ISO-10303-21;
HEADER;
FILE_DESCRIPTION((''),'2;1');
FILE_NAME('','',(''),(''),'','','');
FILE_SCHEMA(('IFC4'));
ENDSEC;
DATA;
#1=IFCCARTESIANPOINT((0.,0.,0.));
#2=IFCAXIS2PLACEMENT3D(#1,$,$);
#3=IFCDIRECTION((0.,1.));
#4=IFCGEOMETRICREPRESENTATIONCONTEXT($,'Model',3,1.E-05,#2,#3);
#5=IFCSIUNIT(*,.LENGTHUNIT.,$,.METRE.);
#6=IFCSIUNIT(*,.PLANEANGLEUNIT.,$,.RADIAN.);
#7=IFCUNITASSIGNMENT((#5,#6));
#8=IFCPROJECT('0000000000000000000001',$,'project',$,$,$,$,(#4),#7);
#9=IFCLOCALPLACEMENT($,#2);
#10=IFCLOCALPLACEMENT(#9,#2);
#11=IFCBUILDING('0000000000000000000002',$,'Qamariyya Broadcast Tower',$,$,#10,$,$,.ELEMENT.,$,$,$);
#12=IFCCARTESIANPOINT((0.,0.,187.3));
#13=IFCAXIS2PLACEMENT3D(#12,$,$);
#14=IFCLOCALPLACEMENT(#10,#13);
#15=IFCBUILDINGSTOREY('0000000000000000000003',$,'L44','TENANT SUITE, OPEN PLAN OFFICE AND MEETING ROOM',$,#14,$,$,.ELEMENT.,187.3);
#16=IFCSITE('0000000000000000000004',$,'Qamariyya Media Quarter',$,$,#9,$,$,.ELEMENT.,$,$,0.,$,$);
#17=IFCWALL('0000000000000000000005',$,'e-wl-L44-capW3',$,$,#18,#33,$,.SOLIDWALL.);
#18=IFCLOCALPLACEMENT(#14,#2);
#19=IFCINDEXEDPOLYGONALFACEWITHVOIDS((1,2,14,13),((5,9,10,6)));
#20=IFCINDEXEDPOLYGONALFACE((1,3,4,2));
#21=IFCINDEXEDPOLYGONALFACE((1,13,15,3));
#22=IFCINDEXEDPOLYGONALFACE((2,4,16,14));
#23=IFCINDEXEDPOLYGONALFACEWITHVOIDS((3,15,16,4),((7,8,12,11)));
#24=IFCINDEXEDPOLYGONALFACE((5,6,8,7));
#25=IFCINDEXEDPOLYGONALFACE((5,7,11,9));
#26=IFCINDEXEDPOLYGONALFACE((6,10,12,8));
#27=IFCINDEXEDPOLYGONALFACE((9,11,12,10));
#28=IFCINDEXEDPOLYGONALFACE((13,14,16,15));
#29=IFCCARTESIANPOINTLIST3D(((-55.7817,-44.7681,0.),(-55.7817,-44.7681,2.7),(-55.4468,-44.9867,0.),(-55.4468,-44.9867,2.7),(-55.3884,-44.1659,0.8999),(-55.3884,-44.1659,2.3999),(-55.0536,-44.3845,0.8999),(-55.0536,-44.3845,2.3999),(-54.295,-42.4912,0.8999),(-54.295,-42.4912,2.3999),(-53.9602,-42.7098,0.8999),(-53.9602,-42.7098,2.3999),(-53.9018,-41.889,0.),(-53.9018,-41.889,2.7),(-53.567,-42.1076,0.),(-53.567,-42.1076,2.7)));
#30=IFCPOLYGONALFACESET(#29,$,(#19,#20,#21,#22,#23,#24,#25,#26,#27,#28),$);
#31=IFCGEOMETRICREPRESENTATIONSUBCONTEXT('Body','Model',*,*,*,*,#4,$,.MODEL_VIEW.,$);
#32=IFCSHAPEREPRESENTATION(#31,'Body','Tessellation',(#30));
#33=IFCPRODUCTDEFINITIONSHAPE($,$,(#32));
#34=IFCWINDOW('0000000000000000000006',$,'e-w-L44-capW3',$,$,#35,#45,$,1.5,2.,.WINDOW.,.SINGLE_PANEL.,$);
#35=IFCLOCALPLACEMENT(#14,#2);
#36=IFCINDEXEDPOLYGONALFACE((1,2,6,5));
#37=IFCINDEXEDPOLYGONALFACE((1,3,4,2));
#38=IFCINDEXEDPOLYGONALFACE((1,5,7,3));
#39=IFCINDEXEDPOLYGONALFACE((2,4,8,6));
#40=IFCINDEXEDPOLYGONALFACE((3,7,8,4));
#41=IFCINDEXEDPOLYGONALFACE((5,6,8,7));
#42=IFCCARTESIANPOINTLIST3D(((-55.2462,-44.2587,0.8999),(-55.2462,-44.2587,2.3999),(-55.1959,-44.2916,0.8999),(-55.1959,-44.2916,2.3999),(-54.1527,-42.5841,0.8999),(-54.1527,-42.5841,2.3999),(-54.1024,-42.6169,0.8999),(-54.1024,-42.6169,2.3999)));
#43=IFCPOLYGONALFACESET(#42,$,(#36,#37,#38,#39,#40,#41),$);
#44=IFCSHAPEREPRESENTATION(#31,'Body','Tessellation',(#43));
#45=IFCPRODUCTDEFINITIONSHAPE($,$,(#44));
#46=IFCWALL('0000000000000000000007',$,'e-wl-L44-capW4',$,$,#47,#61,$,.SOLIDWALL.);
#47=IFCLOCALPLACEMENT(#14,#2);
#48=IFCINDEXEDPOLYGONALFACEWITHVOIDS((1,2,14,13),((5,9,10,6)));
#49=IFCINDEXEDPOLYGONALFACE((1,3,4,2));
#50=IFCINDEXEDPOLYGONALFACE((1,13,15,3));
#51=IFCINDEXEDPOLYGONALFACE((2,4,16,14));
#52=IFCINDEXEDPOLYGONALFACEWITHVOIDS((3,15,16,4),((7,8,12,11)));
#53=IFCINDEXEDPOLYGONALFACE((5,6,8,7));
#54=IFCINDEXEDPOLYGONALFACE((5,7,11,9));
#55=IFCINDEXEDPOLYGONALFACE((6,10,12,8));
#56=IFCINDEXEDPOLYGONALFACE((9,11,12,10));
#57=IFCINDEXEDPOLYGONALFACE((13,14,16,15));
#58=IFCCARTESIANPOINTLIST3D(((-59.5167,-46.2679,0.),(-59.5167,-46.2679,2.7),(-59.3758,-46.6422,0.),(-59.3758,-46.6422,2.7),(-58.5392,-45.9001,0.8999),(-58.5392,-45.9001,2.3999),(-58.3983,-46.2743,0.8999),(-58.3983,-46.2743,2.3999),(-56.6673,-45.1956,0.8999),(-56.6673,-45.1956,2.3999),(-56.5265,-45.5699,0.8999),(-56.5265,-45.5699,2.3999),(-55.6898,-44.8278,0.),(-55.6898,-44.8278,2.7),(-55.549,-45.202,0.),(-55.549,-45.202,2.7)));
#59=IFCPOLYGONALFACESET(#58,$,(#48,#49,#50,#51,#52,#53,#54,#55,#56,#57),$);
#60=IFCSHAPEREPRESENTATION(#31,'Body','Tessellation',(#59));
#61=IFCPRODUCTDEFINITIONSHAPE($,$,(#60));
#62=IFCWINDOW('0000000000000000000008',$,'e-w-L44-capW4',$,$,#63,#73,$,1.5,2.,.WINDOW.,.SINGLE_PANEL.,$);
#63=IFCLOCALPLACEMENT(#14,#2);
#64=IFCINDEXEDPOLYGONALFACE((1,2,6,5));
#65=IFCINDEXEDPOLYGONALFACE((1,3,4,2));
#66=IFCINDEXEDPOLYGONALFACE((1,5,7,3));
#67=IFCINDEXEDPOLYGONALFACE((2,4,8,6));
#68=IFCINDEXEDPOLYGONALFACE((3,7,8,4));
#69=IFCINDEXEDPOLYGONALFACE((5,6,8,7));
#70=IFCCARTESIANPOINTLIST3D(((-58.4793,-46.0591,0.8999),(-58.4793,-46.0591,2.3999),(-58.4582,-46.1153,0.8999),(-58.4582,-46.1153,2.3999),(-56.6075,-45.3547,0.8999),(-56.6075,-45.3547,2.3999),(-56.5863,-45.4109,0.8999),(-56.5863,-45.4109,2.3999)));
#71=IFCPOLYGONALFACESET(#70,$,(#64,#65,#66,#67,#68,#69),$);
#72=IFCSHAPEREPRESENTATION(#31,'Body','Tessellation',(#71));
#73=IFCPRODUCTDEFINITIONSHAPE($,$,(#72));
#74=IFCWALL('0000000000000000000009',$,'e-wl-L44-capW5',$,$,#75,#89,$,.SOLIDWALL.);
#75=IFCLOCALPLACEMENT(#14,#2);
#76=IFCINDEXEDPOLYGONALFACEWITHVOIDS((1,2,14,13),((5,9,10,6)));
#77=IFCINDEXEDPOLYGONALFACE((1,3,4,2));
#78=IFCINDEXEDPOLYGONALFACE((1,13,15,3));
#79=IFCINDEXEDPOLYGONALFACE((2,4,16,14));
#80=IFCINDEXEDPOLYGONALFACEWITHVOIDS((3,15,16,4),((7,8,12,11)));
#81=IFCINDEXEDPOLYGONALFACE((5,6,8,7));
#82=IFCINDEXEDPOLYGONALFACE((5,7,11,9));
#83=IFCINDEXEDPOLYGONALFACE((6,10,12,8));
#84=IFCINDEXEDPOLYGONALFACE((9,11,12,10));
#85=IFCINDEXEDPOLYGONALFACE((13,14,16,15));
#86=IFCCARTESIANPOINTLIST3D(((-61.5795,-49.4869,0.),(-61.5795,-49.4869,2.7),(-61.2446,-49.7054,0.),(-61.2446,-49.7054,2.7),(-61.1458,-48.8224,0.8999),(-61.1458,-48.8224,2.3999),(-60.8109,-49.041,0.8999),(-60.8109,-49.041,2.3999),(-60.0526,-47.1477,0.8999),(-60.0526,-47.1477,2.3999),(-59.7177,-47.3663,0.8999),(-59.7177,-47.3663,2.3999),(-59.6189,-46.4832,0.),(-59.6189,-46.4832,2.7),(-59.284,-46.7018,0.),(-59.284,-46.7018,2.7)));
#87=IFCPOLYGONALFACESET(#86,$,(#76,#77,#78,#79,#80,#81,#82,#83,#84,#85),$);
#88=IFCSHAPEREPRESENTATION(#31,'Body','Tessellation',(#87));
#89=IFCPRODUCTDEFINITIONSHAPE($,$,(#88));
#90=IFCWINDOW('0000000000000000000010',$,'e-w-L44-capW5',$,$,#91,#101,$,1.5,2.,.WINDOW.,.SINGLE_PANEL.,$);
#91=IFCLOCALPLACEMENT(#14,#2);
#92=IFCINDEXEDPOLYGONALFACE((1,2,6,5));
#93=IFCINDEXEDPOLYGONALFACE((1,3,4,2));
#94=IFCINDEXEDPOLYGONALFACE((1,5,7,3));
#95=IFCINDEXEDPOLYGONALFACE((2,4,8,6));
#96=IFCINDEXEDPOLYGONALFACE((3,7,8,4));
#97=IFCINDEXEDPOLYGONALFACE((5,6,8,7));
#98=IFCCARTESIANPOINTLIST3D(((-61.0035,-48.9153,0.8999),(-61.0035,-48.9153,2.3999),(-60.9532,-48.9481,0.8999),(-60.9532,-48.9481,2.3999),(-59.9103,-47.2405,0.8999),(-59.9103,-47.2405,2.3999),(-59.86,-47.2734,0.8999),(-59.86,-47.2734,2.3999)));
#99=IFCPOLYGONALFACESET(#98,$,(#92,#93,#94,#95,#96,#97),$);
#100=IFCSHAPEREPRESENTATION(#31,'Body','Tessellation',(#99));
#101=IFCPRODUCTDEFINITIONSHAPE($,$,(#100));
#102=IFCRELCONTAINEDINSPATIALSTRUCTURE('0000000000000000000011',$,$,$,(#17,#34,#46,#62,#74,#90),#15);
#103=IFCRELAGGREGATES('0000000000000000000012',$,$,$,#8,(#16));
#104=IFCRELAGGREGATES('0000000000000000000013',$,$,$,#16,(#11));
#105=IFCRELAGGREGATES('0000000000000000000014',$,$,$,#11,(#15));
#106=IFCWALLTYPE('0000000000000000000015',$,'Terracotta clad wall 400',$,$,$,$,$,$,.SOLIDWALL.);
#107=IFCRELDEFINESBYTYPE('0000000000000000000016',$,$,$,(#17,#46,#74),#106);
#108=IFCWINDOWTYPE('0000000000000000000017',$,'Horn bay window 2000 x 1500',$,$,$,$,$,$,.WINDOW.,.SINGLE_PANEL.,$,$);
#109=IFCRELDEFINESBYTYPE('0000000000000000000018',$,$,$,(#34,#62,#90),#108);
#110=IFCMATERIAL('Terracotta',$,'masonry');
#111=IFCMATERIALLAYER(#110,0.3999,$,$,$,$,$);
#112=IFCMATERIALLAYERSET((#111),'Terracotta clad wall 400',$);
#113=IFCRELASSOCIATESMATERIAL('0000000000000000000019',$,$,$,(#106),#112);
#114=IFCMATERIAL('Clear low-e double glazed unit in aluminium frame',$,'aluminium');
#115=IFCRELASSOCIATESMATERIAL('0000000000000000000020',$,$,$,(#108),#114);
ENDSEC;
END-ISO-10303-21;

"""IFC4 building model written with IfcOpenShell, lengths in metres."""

from ifc_helpers import new_model, si_unit, direction, frame, frame_2d, origin, place, context, subcontext, project, spatial, rectangle, extrude, material, layer, layer_set, type_object, element, fill, save


model = new_model("IFC4")

# Units and contexts
model_context = context("Model", 3, precision=1e-05, world=origin(), true_north=direction((0.0, 1.0)))
body_context = subcontext(model_context, "Body", "Model", "MODEL_VIEW")
ifc_project = project(units=[si_unit("LENGTHUNIT", "METRE"), si_unit("PLANEANGLEUNIT", "RADIAN")], contexts=[model_context])

# Site, building, storey
site_placement = place(None, origin())
site = spatial("IfcSite", under=ifc_project, at=site_placement, Name="Qamariyya Media Quarter", CompositionType="ELEMENT", RefElevation=0.0)
building_placement = place(site_placement, origin())
building = spatial("IfcBuilding", under=site, at=building_placement, Name="Qamariyya Broadcast Tower", CompositionType="ELEMENT")
storey_placement = place(building_placement, frame((0.0, 0.0, 187.3)))
storey = spatial("IfcBuildingStorey", under=building, at=storey_placement, Name="L44", Description="TENANT SUITE, OPEN PLAN OFFICE AND MEETING ROOM", CompositionType="ELEMENT", Elevation=187.3)

# Walls, openings, windows
ifc_material_1 = material(Name="Terracotta", Category="masonry")
ifc_layer = layer(ifc_material_1, 0.3999)
ifc_layer_set = layer_set([ifc_layer], Name="Terracotta clad wall 400")
wall_type = type_object("IfcWallType", Name="Terracotta clad wall 400", PredefinedType="SOLIDWALL", material=ifc_layer_set)
ifc_material_2 = material(Name="Clear low-e double glazed unit in aluminium frame", Category="aluminium")
window_type = type_object("IfcWindowType", Name="Horn bay window 2000 x 1500", PartitioningType="SINGLE_PANEL", PredefinedType="WINDOW", material=ifc_material_2)
wall_1_placement = place(storey_placement, frame((-53.7344, -41.9983, 0.0), z_axis=(0.0, 0.0, 1.0), x_axis=(-0.546712, -0.837321, 0.0)))
wall_1 = element("IfcWall", 1, at=wall_1_placement, inside=storey, type_object=wall_type, Name="e-wl-L44-capW3", PredefinedType="SOLIDWALL", context=body_context, shape_type="SweptSolid", body=[
    extrude(rectangle(XDim=3.4385, YDim=0.3999, at=frame_2d((1.7192, 0.0))), origin(), (0.0, 0.0, 1.0), 2.7),
])
opening_1_placement = place(wall_1_placement, frame((0.7192, 0.0, 0.8999)))
opening_1 = element("IfcOpeningElement", 2, at=opening_1_placement, cuts=wall_1, PredefinedType="OPENING", context=body_context, shape_type="SweptSolid", body=[
    extrude(rectangle(XDim=2.0, YDim=1.5, at=frame_2d((1.0, 0.75))), frame((0.0, 0.21, 0.0), z_axis=(0.0, -1.0, 0.0), x_axis=(1.0, 0.0, 0.0)), (0.0, 0.0, 1.0), 0.4199),
])
window_1_placement = place(opening_1_placement, origin())
window_1 = element("IfcWindow", 3, at=window_1_placement, inside=storey, type_object=window_type, Name="e-w-L44-capW3", OverallHeight=1.5, OverallWidth=2.0, PartitioningType="SINGLE_PANEL", PredefinedType="WINDOW", context=body_context, shape_type="SweptSolid", body=[
    extrude(rectangle(XDim=2.0, YDim=1.5, at=frame_2d((1.0, 0.75))), frame((0.0, 0.03, 0.0), z_axis=(0.0, -1.0, 0.0), x_axis=(1.0, 0.0, 0.0)), (0.0, 0.0, 1.0), 0.0601),
])
fill(opening_1, window_1)
wall_2_placement = place(storey_placement, frame((-55.6194, -45.0149, 0.0), z_axis=(0.0, 0.0, 1.0), x_axis=(-0.935919, -0.352216, 0.0)))
wall_2 = element("IfcWall", 4, at=wall_2_placement, inside=storey, type_object=wall_type, Name="e-wl-L44-capW4", PredefinedType="SOLIDWALL", context=body_context, shape_type="SweptSolid", body=[
    extrude(rectangle(XDim=4.0889, YDim=0.3999, at=frame_2d((2.0444, 0.0))), origin(), (0.0, 0.0, 1.0), 2.7),
])
opening_2_placement = place(wall_2_placement, frame((1.0444, 0.0, 0.8999)))
opening_2 = element("IfcOpeningElement", 5, at=opening_2_placement, cuts=wall_2, PredefinedType="OPENING", context=body_context, shape_type="SweptSolid", body=[
    extrude(rectangle(XDim=2.0, YDim=1.5, at=frame_2d((1.0, 0.75))), frame((0.0, 0.21, 0.0), z_axis=(0.0, -1.0, 0.0), x_axis=(1.0, 0.0, 0.0)), (0.0, 0.0, 1.0), 0.4199),
])
window_2_placement = place(opening_2_placement, origin())
window_2 = element("IfcWindow", 6, at=window_2_placement, inside=storey, type_object=window_type, Name="e-w-L44-capW4", OverallHeight=1.5, OverallWidth=2.0, PartitioningType="SINGLE_PANEL", PredefinedType="WINDOW", context=body_context, shape_type="SweptSolid", body=[
    extrude(rectangle(XDim=2.0, YDim=1.5, at=frame_2d((1.0, 0.75))), frame((0.0, 0.03, 0.0), z_axis=(0.0, -1.0, 0.0), x_axis=(1.0, 0.0, 0.0)), (0.0, 0.0, 1.0), 0.0601),
])
fill(opening_2, window_2)
wall_3_placement = place(storey_placement, frame((-59.4514, -46.5925, 0.0), z_axis=(0.0, 0.0, 1.0), x_axis=(-0.546617, -0.837383, 0.0)))
wall_3 = element("IfcWall", 7, at=wall_3_placement, inside=storey, type_object=wall_type, Name="e-wl-L44-capW5", PredefinedType="SOLIDWALL", context=body_context, shape_type="SweptSolid", body=[
    extrude(rectangle(XDim=3.5869, YDim=0.3999, at=frame_2d((1.7935, 0.0))), origin(), (0.0, 0.0, 1.0), 2.7),
])
opening_3_placement = place(wall_3_placement, frame((0.7935, 0.0, 0.8999)))
opening_3 = element("IfcOpeningElement", 8, at=opening_3_placement, cuts=wall_3, PredefinedType="OPENING", context=body_context, shape_type="SweptSolid", body=[
    extrude(rectangle(XDim=2.0, YDim=1.5, at=frame_2d((1.0, 0.75))), frame((0.0, 0.21, 0.0), z_axis=(0.0, -1.0, 0.0), x_axis=(1.0, 0.0, 0.0)), (0.0, 0.0, 1.0), 0.4199),
])
window_3_placement = place(opening_3_placement, origin())
window_3 = element("IfcWindow", 9, at=window_3_placement, inside=storey, type_object=window_type, Name="e-w-L44-capW5", OverallHeight=1.5, OverallWidth=2.0, PartitioningType="SINGLE_PANEL", PredefinedType="WINDOW", context=body_context, shape_type="SweptSolid", body=[
    extrude(rectangle(XDim=2.0, YDim=1.5, at=frame_2d((1.0, 0.75))), frame((0.0, 0.03, 0.0), z_axis=(0.0, -1.0, 0.0), x_axis=(1.0, 0.0, 0.0)), (0.0, 0.0, 1.0), 0.0601),
])
fill(opening_3, window_3)

save(model, "model.ifc")
